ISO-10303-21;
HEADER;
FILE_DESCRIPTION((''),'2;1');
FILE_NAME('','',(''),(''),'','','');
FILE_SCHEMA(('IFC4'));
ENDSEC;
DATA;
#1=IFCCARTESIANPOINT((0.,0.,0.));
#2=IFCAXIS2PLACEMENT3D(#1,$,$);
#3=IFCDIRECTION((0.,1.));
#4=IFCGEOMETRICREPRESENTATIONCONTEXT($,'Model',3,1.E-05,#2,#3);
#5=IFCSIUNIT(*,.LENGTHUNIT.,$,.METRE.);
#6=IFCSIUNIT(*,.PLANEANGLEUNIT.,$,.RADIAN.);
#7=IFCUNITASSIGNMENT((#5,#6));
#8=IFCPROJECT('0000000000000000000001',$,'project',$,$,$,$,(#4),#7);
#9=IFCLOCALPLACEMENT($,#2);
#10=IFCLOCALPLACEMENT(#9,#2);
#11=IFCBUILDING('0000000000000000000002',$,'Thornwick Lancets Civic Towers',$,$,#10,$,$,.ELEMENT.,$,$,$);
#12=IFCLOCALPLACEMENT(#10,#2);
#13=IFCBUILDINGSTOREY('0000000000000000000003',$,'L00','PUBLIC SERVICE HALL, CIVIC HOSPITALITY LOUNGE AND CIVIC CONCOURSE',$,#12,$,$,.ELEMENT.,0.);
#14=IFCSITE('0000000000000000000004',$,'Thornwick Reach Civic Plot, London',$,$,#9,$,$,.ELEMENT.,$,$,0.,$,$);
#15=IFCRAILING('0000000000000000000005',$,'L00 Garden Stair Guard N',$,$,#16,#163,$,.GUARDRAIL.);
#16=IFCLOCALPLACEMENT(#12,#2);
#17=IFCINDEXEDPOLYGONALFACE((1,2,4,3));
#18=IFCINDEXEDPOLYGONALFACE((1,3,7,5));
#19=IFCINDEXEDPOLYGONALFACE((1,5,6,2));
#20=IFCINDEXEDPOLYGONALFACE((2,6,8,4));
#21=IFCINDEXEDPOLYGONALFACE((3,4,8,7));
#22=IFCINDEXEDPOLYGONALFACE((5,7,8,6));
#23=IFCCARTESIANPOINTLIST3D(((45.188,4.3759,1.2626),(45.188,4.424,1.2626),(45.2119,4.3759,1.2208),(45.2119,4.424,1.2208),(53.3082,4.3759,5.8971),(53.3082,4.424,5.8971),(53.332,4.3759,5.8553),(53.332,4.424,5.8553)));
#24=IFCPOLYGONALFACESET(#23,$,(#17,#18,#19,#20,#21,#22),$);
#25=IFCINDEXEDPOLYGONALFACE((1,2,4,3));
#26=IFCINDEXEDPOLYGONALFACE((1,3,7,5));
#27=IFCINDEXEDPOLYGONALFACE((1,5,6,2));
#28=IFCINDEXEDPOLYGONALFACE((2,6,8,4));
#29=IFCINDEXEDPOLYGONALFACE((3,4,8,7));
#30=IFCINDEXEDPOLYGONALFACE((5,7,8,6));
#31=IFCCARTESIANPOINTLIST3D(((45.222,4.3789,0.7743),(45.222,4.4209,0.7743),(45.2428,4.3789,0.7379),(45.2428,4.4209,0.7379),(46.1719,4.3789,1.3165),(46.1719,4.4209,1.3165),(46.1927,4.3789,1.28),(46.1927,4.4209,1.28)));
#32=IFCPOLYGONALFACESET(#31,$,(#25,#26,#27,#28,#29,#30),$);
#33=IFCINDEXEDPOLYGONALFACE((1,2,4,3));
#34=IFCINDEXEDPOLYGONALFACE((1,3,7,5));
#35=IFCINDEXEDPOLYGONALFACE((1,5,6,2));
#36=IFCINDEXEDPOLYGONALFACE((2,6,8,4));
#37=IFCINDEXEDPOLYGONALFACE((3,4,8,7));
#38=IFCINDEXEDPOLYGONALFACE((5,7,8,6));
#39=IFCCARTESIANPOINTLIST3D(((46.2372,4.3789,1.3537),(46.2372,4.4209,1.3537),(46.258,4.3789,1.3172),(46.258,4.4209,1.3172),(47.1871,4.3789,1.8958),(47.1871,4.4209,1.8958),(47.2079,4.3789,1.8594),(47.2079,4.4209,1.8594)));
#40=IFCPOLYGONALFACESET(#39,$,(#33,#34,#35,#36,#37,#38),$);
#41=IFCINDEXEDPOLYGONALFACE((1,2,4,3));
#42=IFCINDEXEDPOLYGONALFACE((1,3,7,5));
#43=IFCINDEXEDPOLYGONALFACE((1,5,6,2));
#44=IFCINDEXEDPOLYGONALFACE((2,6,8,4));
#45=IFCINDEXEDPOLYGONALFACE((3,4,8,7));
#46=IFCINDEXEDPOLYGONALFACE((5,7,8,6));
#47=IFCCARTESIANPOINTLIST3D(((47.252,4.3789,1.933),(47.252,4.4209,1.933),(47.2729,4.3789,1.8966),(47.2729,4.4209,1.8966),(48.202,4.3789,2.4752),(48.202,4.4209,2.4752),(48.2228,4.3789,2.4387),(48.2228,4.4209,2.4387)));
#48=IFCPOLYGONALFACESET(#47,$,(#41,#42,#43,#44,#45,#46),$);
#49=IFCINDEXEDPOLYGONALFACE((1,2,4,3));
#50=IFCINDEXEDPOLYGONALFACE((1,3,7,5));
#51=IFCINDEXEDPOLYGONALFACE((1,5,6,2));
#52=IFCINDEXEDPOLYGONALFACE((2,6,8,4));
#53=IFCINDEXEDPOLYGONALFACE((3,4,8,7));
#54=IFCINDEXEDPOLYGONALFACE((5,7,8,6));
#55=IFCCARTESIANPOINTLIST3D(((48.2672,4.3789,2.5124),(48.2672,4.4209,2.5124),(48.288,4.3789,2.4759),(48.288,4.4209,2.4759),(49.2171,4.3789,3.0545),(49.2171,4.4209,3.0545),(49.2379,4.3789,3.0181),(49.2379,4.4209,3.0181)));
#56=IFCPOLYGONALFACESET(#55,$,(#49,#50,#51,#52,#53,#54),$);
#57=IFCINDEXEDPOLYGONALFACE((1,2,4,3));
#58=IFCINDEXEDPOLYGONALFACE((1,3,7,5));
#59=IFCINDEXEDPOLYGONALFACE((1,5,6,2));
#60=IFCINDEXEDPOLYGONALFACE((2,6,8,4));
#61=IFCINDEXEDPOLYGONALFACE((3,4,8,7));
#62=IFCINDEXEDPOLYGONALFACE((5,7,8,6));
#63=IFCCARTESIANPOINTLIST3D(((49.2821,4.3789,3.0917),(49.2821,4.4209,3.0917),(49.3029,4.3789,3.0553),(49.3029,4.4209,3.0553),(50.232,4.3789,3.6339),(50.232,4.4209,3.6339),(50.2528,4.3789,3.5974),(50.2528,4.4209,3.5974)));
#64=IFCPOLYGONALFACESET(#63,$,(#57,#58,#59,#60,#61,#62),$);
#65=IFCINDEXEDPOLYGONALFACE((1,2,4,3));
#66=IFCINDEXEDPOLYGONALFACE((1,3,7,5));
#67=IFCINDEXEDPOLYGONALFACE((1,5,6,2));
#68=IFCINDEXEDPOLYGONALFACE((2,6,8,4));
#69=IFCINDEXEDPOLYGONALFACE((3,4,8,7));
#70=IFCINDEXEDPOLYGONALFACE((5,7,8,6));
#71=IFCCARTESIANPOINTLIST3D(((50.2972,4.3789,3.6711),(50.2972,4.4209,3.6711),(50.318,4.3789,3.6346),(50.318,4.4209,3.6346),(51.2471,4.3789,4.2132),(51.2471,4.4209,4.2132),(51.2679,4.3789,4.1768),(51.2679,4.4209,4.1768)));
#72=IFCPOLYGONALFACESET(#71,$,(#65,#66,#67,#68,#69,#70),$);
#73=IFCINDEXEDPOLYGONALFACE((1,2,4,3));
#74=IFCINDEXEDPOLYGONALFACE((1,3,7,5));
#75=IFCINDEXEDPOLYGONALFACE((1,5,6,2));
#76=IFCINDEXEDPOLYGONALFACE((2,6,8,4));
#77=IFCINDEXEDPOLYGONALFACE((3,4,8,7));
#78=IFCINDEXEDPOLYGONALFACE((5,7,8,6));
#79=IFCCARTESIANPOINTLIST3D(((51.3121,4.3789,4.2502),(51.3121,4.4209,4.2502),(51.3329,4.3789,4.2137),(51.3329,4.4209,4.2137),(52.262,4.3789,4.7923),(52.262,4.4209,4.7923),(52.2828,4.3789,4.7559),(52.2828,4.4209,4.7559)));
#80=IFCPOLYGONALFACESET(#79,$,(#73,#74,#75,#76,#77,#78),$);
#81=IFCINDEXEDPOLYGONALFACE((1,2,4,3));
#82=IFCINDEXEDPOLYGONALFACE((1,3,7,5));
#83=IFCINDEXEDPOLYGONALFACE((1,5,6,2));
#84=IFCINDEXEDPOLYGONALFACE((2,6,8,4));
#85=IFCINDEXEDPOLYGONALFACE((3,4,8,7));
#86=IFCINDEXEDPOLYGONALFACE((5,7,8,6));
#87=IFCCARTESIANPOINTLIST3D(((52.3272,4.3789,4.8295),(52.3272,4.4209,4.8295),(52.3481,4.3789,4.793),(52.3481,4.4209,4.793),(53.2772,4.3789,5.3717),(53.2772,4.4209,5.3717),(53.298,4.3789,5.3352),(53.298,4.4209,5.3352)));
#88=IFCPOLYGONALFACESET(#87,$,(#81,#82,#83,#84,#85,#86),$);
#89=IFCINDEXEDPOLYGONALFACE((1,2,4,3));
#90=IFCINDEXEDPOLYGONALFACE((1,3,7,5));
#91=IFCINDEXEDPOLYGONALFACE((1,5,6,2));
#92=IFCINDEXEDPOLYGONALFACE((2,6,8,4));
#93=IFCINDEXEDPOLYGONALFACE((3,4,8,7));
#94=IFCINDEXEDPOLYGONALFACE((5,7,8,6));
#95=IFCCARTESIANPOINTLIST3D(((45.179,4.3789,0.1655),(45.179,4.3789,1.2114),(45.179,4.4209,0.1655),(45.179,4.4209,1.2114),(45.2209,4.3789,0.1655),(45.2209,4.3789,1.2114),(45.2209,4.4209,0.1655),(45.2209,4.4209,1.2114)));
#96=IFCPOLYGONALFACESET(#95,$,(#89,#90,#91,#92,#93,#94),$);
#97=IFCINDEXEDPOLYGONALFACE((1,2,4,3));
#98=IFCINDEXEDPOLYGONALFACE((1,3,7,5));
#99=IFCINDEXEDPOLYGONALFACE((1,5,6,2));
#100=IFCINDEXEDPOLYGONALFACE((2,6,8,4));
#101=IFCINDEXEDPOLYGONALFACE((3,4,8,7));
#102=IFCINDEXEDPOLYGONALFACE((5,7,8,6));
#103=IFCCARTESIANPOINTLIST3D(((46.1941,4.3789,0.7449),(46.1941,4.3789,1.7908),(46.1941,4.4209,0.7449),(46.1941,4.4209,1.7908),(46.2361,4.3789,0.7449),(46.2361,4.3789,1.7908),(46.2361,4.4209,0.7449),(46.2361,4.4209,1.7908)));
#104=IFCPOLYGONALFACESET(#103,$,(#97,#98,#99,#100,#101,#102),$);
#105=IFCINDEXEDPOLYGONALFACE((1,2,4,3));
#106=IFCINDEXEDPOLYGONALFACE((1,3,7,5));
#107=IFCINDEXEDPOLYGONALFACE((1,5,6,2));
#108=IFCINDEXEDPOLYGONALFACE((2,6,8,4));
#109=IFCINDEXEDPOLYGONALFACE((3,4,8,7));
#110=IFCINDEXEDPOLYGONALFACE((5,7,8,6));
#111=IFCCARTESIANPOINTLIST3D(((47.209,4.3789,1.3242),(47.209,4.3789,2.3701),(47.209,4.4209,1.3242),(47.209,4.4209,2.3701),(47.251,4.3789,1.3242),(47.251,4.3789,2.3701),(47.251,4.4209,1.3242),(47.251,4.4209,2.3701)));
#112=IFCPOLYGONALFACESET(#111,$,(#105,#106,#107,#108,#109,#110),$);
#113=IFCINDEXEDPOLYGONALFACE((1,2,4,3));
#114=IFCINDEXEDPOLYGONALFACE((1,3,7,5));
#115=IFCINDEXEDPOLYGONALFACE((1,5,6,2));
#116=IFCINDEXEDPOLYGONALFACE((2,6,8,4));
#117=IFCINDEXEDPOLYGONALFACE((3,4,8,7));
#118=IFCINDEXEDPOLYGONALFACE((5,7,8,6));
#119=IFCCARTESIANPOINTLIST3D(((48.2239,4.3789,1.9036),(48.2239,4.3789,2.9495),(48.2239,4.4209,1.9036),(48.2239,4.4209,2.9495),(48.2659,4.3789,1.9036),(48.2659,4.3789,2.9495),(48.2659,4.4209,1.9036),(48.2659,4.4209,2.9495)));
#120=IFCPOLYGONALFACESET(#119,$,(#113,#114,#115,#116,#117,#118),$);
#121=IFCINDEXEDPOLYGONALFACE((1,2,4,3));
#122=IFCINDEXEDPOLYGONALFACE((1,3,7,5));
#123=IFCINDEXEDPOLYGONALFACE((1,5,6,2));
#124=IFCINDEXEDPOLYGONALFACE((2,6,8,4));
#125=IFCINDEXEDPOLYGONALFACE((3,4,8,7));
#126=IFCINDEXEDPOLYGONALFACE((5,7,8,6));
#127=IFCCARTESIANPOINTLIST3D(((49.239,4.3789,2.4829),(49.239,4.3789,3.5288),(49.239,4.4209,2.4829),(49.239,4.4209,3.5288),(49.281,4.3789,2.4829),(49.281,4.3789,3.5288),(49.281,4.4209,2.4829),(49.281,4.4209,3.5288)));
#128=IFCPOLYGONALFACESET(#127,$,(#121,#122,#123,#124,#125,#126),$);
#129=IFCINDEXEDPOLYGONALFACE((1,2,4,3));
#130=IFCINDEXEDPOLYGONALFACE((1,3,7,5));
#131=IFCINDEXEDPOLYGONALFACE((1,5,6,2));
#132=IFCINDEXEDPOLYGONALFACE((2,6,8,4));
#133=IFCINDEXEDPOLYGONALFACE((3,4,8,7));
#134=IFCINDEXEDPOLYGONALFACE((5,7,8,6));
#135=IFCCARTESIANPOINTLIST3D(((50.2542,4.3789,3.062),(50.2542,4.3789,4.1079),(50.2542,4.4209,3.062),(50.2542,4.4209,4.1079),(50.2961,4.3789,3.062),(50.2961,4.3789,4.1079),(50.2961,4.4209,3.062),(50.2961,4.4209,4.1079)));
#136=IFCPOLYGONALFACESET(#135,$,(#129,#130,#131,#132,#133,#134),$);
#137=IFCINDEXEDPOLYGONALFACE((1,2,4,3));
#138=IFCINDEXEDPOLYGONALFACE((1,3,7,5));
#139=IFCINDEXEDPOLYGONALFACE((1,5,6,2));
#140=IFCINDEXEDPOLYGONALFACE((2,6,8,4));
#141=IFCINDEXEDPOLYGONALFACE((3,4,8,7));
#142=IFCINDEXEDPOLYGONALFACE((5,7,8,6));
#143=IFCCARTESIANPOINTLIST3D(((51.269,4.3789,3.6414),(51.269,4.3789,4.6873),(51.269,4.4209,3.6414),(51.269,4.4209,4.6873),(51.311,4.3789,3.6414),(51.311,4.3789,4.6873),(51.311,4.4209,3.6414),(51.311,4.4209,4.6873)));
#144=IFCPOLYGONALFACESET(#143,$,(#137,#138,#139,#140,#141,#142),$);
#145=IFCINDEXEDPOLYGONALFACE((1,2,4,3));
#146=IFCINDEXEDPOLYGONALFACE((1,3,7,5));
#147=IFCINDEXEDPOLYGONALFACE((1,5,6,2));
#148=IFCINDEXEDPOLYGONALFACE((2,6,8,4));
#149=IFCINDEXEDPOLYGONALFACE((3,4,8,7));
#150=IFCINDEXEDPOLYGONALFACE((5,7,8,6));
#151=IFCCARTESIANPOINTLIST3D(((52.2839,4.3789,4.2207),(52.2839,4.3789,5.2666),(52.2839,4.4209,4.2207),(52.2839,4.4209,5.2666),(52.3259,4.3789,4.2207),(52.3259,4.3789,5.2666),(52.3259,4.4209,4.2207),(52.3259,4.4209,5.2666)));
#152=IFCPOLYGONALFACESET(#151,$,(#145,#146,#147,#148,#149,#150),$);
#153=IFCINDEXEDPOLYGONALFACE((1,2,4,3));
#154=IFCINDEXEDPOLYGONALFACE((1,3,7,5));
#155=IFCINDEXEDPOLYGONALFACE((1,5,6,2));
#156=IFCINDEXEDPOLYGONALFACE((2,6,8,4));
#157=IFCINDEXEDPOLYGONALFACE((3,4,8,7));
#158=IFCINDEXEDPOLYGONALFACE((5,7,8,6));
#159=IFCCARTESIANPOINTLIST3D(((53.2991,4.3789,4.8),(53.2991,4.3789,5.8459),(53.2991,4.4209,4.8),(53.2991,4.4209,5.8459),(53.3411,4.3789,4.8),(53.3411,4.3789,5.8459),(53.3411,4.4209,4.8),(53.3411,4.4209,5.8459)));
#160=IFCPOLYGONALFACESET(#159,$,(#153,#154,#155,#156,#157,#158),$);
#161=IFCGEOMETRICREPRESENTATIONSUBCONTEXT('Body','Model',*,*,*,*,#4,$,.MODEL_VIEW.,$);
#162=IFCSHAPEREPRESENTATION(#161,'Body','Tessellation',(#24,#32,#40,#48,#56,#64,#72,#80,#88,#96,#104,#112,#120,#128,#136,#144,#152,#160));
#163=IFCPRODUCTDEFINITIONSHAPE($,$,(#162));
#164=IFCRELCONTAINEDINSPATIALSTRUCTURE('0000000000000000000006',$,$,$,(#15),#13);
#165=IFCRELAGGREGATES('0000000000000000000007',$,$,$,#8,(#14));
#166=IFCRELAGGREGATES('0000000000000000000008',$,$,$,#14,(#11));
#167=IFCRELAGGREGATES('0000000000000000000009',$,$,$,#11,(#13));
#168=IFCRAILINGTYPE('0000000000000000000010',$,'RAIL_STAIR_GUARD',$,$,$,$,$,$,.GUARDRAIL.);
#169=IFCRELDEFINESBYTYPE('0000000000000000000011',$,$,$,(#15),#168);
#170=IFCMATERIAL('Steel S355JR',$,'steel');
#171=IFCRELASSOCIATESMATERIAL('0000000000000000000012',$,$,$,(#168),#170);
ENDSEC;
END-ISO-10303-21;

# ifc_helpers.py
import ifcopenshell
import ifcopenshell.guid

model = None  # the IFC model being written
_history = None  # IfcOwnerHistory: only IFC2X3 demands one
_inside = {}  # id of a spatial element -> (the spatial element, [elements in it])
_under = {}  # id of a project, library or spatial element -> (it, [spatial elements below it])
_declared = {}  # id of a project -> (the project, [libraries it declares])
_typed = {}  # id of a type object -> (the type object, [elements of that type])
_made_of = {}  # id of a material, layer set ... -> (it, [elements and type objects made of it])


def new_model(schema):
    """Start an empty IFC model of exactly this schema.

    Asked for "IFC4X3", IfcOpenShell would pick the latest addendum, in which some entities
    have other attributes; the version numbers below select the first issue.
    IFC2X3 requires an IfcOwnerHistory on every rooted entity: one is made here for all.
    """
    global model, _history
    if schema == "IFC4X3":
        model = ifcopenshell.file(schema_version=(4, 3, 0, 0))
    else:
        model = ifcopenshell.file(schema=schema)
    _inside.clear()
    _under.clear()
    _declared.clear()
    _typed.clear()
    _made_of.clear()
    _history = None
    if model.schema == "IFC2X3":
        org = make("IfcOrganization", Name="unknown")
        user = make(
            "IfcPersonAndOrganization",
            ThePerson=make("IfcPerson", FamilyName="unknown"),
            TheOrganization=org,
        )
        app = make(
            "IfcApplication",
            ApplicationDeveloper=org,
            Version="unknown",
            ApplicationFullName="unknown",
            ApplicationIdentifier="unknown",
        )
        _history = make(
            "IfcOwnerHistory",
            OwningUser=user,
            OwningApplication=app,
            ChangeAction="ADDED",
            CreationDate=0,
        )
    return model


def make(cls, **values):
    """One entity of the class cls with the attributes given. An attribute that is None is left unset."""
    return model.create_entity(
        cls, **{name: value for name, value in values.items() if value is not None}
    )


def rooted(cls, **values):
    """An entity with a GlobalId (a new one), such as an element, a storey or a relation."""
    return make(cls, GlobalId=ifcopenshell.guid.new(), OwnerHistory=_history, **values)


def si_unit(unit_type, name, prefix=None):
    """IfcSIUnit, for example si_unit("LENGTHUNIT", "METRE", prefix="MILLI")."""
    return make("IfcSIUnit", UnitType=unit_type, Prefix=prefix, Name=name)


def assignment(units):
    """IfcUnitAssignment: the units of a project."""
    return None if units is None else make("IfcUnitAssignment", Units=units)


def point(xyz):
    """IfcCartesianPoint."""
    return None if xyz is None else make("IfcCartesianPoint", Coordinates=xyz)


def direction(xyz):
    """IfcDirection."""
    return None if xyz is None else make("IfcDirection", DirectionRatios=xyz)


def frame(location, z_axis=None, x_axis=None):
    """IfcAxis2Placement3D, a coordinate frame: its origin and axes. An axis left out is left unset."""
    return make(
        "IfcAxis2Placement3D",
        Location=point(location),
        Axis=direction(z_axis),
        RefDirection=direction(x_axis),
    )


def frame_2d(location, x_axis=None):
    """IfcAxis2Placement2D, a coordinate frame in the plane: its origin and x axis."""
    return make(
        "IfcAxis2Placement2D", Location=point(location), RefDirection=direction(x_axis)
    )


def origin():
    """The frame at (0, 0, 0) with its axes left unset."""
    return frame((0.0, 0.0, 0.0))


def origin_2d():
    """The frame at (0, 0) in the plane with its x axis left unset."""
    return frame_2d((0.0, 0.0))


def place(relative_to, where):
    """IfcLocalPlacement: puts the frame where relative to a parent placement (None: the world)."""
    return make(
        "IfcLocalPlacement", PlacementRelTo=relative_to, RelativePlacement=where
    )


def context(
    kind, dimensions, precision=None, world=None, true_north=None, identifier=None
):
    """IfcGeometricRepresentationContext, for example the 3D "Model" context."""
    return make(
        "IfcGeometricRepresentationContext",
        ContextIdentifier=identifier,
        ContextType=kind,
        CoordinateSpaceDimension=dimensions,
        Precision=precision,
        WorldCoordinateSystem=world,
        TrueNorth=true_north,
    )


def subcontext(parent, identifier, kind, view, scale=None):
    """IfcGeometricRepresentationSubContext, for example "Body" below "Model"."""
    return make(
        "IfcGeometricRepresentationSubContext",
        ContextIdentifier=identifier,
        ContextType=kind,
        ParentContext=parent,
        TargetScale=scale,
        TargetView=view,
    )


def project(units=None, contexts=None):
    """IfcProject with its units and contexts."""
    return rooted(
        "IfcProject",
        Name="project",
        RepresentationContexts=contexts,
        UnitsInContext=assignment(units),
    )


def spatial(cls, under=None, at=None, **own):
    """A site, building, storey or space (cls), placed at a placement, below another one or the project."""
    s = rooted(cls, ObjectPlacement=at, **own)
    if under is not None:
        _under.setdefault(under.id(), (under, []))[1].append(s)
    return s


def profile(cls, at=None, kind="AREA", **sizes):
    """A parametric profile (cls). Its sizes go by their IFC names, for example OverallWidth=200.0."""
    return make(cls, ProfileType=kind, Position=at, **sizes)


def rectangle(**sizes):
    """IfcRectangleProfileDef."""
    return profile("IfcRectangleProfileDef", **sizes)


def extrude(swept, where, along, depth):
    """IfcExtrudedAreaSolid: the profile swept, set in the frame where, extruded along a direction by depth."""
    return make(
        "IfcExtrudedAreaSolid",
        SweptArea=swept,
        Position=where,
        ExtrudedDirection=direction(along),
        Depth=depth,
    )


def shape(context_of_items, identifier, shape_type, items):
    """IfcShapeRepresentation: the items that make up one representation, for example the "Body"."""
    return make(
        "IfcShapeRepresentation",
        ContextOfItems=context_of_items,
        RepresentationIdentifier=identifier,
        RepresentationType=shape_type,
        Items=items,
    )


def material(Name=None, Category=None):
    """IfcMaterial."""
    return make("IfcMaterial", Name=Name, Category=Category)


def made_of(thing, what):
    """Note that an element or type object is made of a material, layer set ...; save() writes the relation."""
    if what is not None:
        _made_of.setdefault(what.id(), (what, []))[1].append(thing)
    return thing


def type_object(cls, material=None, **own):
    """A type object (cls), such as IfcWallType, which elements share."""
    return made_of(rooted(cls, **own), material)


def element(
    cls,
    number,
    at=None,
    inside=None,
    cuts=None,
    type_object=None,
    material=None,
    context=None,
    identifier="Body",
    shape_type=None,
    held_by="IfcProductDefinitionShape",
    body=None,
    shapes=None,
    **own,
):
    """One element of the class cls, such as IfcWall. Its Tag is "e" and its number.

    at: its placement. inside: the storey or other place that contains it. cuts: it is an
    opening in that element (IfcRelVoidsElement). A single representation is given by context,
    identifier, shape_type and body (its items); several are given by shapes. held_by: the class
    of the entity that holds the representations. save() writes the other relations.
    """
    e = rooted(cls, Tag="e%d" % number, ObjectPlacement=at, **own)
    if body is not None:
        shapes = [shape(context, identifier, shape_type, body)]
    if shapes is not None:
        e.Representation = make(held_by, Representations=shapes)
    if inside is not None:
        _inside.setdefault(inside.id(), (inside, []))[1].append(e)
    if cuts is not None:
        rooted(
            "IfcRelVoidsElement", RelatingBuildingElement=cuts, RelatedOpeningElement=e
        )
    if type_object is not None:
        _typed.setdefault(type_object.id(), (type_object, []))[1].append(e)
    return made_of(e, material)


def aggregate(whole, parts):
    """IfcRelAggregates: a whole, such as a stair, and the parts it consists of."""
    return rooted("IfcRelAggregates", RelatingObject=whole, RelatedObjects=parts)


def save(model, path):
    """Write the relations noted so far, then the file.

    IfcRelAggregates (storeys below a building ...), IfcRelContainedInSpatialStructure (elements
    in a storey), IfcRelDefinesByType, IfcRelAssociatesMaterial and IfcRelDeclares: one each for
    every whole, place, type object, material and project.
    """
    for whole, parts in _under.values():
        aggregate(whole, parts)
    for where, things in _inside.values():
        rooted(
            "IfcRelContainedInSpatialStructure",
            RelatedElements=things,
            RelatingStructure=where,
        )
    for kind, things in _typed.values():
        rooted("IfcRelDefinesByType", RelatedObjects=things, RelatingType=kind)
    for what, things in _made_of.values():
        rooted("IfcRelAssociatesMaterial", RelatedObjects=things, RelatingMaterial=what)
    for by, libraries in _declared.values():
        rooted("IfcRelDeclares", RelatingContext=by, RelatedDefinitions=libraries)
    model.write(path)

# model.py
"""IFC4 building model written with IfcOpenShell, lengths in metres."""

from ifc_helpers import new_model, si_unit, direction, frame, origin, origin_2d, place, context, subcontext, project, spatial, rectangle, extrude, material, type_object, element, save


model = new_model("IFC4")

# Units and contexts
model_context = context("Model", 3, precision=1e-05, world=origin(), true_north=direction((0.0, 1.0)))
body_context = subcontext(model_context, "Body", "Model", "MODEL_VIEW")
ifc_project = project(units=[si_unit("LENGTHUNIT", "METRE"), si_unit("PLANEANGLEUNIT", "RADIAN")], contexts=[model_context])

# Site, building, storey
site_placement = place(None, origin())
site = spatial("IfcSite", under=ifc_project, at=site_placement, Name="Thornwick Reach Civic Plot, London", CompositionType="ELEMENT", RefElevation=0.0)
building_placement = place(site_placement, origin())
building = spatial("IfcBuilding", under=site, at=building_placement, Name="Thornwick Lancets Civic Towers", CompositionType="ELEMENT")
storey_placement = place(building_placement, origin())
storey = spatial("IfcBuildingStorey", under=building, at=storey_placement, Name="L00", Description="PUBLIC SERVICE HALL, CIVIC HOSPITALITY LOUNGE AND CIVIC CONCOURSE", CompositionType="ELEMENT", Elevation=0.0)

# Shared definitions
ifc_material_1 = material(Name="Steel S355JR", Category="steel")

# Railing
railing_type = type_object("IfcRailingType", Name="RAIL_STAIR_GUARD", PredefinedType="GUARDRAIL", material=ifc_material_1)
railing_1_placement = place(storey_placement, frame((45.2, 4.3999, 0.1655)))
element("IfcRailing", 1, at=railing_1_placement, inside=storey, type_object=railing_type, Name="L00 Garden Stair Guard N", PredefinedType="GUARDRAIL", context=body_context, shape_type="SweptSolid", body=[
    extrude(rectangle(XDim=0.0481, YDim=0.0481, at=origin_2d()), frame((0.0, 0.0, 1.0762), z_axis=(0.868499, 0.0, 0.495692), x_axis=(0.0, 1.0, 0.0)), (0.0, 0.0, 1.0), 9.3496),
    extrude(rectangle(XDim=0.042, YDim=0.042, at=origin_2d()), frame((0.0325, 0.0, 0.5906), z_axis=(0.868499, 0.0, 0.495692), x_axis=(0.0, 1.0, 0.0)), (0.0, 0.0, 1.0), 1.0938),
    extrude(rectangle(XDim=0.042, YDim=0.042, at=origin_2d()), frame((1.0476, 0.0, 1.1699), z_axis=(0.868499, 0.0, 0.495692), x_axis=(0.0, 1.0, 0.0)), (0.0, 0.0, 1.0), 1.0938),
    extrude(rectangle(XDim=0.042, YDim=0.042, at=origin_2d()), frame((2.0625, 0.0, 1.7493), z_axis=(0.868499, 0.0, 0.495692), x_axis=(0.0, 1.0, 0.0)), (0.0, 0.0, 1.0), 1.0938),
    extrude(rectangle(XDim=0.042, YDim=0.042, at=origin_2d()), frame((3.0776, 0.0, 2.3286), z_axis=(0.868499, 0.0, 0.495692), x_axis=(0.0, 1.0, 0.0)), (0.0, 0.0, 1.0), 1.0938),
    extrude(rectangle(XDim=0.042, YDim=0.042, at=origin_2d()), frame((4.0925, 0.0, 2.908), z_axis=(0.868499, 0.0, 0.495692), x_axis=(0.0, 1.0, 0.0)), (0.0, 0.0, 1.0), 1.0938),
    extrude(rectangle(XDim=0.042, YDim=0.042, at=origin_2d()), frame((5.1077, 0.0, 3.4873), z_axis=(0.868499, 0.0, 0.495692), x_axis=(0.0, 1.0, 0.0)), (0.0, 0.0, 1.0), 1.0938),
    extrude(rectangle(XDim=0.042, YDim=0.042, at=origin_2d()), frame((6.1226, 0.0, 4.0664), z_axis=(0.868499, 0.0, 0.495692), x_axis=(0.0, 1.0, 0.0)), (0.0, 0.0, 1.0), 1.0938),
    extrude(rectangle(XDim=0.042, YDim=0.042, at=origin_2d()), frame((7.1377, 0.0, 4.6458), z_axis=(0.868499, 0.0, 0.495692), x_axis=(0.0, 1.0, 0.0)), (0.0, 0.0, 1.0), 1.0938),
    extrude(rectangle(XDim=0.042, YDim=0.042, at=origin_2d()), origin(), (0.0, 0.0, 1.0), 1.0459),
    extrude(rectangle(XDim=0.042, YDim=0.042, at=origin_2d()), frame((1.0151, 0.0, 0.5793)), (0.0, 0.0, 1.0), 1.0459),
    extrude(rectangle(XDim=0.042, YDim=0.042, at=origin_2d()), frame((2.03, 0.0, 1.1587)), (0.0, 0.0, 1.0), 1.0459),
    extrude(rectangle(XDim=0.042, YDim=0.042, at=origin_2d()), frame((3.0449, 0.0, 1.738)), (0.0, 0.0, 1.0), 1.0459),
    extrude(rectangle(XDim=0.042, YDim=0.042, at=origin_2d()), frame((4.0601, 0.0, 2.3174)), (0.0, 0.0, 1.0), 1.0459),
    extrude(rectangle(XDim=0.042, YDim=0.042, at=origin_2d()), frame((5.0752, 0.0, 2.8965)), (0.0, 0.0, 1.0), 1.0459),
    extrude(rectangle(XDim=0.042, YDim=0.042, at=origin_2d()), frame((6.0901, 0.0, 3.4758)), (0.0, 0.0, 1.0), 1.0459),
    extrude(rectangle(XDim=0.042, YDim=0.042, at=origin_2d()), frame((7.105, 0.0, 4.0552)), (0.0, 0.0, 1.0), 1.0459),
    extrude(rectangle(XDim=0.042, YDim=0.042, at=origin_2d()), frame((8.1201, 0.0, 4.6345)), (0.0, 0.0, 1.0), 1.0459),
])

save(model, "model.ifc")
